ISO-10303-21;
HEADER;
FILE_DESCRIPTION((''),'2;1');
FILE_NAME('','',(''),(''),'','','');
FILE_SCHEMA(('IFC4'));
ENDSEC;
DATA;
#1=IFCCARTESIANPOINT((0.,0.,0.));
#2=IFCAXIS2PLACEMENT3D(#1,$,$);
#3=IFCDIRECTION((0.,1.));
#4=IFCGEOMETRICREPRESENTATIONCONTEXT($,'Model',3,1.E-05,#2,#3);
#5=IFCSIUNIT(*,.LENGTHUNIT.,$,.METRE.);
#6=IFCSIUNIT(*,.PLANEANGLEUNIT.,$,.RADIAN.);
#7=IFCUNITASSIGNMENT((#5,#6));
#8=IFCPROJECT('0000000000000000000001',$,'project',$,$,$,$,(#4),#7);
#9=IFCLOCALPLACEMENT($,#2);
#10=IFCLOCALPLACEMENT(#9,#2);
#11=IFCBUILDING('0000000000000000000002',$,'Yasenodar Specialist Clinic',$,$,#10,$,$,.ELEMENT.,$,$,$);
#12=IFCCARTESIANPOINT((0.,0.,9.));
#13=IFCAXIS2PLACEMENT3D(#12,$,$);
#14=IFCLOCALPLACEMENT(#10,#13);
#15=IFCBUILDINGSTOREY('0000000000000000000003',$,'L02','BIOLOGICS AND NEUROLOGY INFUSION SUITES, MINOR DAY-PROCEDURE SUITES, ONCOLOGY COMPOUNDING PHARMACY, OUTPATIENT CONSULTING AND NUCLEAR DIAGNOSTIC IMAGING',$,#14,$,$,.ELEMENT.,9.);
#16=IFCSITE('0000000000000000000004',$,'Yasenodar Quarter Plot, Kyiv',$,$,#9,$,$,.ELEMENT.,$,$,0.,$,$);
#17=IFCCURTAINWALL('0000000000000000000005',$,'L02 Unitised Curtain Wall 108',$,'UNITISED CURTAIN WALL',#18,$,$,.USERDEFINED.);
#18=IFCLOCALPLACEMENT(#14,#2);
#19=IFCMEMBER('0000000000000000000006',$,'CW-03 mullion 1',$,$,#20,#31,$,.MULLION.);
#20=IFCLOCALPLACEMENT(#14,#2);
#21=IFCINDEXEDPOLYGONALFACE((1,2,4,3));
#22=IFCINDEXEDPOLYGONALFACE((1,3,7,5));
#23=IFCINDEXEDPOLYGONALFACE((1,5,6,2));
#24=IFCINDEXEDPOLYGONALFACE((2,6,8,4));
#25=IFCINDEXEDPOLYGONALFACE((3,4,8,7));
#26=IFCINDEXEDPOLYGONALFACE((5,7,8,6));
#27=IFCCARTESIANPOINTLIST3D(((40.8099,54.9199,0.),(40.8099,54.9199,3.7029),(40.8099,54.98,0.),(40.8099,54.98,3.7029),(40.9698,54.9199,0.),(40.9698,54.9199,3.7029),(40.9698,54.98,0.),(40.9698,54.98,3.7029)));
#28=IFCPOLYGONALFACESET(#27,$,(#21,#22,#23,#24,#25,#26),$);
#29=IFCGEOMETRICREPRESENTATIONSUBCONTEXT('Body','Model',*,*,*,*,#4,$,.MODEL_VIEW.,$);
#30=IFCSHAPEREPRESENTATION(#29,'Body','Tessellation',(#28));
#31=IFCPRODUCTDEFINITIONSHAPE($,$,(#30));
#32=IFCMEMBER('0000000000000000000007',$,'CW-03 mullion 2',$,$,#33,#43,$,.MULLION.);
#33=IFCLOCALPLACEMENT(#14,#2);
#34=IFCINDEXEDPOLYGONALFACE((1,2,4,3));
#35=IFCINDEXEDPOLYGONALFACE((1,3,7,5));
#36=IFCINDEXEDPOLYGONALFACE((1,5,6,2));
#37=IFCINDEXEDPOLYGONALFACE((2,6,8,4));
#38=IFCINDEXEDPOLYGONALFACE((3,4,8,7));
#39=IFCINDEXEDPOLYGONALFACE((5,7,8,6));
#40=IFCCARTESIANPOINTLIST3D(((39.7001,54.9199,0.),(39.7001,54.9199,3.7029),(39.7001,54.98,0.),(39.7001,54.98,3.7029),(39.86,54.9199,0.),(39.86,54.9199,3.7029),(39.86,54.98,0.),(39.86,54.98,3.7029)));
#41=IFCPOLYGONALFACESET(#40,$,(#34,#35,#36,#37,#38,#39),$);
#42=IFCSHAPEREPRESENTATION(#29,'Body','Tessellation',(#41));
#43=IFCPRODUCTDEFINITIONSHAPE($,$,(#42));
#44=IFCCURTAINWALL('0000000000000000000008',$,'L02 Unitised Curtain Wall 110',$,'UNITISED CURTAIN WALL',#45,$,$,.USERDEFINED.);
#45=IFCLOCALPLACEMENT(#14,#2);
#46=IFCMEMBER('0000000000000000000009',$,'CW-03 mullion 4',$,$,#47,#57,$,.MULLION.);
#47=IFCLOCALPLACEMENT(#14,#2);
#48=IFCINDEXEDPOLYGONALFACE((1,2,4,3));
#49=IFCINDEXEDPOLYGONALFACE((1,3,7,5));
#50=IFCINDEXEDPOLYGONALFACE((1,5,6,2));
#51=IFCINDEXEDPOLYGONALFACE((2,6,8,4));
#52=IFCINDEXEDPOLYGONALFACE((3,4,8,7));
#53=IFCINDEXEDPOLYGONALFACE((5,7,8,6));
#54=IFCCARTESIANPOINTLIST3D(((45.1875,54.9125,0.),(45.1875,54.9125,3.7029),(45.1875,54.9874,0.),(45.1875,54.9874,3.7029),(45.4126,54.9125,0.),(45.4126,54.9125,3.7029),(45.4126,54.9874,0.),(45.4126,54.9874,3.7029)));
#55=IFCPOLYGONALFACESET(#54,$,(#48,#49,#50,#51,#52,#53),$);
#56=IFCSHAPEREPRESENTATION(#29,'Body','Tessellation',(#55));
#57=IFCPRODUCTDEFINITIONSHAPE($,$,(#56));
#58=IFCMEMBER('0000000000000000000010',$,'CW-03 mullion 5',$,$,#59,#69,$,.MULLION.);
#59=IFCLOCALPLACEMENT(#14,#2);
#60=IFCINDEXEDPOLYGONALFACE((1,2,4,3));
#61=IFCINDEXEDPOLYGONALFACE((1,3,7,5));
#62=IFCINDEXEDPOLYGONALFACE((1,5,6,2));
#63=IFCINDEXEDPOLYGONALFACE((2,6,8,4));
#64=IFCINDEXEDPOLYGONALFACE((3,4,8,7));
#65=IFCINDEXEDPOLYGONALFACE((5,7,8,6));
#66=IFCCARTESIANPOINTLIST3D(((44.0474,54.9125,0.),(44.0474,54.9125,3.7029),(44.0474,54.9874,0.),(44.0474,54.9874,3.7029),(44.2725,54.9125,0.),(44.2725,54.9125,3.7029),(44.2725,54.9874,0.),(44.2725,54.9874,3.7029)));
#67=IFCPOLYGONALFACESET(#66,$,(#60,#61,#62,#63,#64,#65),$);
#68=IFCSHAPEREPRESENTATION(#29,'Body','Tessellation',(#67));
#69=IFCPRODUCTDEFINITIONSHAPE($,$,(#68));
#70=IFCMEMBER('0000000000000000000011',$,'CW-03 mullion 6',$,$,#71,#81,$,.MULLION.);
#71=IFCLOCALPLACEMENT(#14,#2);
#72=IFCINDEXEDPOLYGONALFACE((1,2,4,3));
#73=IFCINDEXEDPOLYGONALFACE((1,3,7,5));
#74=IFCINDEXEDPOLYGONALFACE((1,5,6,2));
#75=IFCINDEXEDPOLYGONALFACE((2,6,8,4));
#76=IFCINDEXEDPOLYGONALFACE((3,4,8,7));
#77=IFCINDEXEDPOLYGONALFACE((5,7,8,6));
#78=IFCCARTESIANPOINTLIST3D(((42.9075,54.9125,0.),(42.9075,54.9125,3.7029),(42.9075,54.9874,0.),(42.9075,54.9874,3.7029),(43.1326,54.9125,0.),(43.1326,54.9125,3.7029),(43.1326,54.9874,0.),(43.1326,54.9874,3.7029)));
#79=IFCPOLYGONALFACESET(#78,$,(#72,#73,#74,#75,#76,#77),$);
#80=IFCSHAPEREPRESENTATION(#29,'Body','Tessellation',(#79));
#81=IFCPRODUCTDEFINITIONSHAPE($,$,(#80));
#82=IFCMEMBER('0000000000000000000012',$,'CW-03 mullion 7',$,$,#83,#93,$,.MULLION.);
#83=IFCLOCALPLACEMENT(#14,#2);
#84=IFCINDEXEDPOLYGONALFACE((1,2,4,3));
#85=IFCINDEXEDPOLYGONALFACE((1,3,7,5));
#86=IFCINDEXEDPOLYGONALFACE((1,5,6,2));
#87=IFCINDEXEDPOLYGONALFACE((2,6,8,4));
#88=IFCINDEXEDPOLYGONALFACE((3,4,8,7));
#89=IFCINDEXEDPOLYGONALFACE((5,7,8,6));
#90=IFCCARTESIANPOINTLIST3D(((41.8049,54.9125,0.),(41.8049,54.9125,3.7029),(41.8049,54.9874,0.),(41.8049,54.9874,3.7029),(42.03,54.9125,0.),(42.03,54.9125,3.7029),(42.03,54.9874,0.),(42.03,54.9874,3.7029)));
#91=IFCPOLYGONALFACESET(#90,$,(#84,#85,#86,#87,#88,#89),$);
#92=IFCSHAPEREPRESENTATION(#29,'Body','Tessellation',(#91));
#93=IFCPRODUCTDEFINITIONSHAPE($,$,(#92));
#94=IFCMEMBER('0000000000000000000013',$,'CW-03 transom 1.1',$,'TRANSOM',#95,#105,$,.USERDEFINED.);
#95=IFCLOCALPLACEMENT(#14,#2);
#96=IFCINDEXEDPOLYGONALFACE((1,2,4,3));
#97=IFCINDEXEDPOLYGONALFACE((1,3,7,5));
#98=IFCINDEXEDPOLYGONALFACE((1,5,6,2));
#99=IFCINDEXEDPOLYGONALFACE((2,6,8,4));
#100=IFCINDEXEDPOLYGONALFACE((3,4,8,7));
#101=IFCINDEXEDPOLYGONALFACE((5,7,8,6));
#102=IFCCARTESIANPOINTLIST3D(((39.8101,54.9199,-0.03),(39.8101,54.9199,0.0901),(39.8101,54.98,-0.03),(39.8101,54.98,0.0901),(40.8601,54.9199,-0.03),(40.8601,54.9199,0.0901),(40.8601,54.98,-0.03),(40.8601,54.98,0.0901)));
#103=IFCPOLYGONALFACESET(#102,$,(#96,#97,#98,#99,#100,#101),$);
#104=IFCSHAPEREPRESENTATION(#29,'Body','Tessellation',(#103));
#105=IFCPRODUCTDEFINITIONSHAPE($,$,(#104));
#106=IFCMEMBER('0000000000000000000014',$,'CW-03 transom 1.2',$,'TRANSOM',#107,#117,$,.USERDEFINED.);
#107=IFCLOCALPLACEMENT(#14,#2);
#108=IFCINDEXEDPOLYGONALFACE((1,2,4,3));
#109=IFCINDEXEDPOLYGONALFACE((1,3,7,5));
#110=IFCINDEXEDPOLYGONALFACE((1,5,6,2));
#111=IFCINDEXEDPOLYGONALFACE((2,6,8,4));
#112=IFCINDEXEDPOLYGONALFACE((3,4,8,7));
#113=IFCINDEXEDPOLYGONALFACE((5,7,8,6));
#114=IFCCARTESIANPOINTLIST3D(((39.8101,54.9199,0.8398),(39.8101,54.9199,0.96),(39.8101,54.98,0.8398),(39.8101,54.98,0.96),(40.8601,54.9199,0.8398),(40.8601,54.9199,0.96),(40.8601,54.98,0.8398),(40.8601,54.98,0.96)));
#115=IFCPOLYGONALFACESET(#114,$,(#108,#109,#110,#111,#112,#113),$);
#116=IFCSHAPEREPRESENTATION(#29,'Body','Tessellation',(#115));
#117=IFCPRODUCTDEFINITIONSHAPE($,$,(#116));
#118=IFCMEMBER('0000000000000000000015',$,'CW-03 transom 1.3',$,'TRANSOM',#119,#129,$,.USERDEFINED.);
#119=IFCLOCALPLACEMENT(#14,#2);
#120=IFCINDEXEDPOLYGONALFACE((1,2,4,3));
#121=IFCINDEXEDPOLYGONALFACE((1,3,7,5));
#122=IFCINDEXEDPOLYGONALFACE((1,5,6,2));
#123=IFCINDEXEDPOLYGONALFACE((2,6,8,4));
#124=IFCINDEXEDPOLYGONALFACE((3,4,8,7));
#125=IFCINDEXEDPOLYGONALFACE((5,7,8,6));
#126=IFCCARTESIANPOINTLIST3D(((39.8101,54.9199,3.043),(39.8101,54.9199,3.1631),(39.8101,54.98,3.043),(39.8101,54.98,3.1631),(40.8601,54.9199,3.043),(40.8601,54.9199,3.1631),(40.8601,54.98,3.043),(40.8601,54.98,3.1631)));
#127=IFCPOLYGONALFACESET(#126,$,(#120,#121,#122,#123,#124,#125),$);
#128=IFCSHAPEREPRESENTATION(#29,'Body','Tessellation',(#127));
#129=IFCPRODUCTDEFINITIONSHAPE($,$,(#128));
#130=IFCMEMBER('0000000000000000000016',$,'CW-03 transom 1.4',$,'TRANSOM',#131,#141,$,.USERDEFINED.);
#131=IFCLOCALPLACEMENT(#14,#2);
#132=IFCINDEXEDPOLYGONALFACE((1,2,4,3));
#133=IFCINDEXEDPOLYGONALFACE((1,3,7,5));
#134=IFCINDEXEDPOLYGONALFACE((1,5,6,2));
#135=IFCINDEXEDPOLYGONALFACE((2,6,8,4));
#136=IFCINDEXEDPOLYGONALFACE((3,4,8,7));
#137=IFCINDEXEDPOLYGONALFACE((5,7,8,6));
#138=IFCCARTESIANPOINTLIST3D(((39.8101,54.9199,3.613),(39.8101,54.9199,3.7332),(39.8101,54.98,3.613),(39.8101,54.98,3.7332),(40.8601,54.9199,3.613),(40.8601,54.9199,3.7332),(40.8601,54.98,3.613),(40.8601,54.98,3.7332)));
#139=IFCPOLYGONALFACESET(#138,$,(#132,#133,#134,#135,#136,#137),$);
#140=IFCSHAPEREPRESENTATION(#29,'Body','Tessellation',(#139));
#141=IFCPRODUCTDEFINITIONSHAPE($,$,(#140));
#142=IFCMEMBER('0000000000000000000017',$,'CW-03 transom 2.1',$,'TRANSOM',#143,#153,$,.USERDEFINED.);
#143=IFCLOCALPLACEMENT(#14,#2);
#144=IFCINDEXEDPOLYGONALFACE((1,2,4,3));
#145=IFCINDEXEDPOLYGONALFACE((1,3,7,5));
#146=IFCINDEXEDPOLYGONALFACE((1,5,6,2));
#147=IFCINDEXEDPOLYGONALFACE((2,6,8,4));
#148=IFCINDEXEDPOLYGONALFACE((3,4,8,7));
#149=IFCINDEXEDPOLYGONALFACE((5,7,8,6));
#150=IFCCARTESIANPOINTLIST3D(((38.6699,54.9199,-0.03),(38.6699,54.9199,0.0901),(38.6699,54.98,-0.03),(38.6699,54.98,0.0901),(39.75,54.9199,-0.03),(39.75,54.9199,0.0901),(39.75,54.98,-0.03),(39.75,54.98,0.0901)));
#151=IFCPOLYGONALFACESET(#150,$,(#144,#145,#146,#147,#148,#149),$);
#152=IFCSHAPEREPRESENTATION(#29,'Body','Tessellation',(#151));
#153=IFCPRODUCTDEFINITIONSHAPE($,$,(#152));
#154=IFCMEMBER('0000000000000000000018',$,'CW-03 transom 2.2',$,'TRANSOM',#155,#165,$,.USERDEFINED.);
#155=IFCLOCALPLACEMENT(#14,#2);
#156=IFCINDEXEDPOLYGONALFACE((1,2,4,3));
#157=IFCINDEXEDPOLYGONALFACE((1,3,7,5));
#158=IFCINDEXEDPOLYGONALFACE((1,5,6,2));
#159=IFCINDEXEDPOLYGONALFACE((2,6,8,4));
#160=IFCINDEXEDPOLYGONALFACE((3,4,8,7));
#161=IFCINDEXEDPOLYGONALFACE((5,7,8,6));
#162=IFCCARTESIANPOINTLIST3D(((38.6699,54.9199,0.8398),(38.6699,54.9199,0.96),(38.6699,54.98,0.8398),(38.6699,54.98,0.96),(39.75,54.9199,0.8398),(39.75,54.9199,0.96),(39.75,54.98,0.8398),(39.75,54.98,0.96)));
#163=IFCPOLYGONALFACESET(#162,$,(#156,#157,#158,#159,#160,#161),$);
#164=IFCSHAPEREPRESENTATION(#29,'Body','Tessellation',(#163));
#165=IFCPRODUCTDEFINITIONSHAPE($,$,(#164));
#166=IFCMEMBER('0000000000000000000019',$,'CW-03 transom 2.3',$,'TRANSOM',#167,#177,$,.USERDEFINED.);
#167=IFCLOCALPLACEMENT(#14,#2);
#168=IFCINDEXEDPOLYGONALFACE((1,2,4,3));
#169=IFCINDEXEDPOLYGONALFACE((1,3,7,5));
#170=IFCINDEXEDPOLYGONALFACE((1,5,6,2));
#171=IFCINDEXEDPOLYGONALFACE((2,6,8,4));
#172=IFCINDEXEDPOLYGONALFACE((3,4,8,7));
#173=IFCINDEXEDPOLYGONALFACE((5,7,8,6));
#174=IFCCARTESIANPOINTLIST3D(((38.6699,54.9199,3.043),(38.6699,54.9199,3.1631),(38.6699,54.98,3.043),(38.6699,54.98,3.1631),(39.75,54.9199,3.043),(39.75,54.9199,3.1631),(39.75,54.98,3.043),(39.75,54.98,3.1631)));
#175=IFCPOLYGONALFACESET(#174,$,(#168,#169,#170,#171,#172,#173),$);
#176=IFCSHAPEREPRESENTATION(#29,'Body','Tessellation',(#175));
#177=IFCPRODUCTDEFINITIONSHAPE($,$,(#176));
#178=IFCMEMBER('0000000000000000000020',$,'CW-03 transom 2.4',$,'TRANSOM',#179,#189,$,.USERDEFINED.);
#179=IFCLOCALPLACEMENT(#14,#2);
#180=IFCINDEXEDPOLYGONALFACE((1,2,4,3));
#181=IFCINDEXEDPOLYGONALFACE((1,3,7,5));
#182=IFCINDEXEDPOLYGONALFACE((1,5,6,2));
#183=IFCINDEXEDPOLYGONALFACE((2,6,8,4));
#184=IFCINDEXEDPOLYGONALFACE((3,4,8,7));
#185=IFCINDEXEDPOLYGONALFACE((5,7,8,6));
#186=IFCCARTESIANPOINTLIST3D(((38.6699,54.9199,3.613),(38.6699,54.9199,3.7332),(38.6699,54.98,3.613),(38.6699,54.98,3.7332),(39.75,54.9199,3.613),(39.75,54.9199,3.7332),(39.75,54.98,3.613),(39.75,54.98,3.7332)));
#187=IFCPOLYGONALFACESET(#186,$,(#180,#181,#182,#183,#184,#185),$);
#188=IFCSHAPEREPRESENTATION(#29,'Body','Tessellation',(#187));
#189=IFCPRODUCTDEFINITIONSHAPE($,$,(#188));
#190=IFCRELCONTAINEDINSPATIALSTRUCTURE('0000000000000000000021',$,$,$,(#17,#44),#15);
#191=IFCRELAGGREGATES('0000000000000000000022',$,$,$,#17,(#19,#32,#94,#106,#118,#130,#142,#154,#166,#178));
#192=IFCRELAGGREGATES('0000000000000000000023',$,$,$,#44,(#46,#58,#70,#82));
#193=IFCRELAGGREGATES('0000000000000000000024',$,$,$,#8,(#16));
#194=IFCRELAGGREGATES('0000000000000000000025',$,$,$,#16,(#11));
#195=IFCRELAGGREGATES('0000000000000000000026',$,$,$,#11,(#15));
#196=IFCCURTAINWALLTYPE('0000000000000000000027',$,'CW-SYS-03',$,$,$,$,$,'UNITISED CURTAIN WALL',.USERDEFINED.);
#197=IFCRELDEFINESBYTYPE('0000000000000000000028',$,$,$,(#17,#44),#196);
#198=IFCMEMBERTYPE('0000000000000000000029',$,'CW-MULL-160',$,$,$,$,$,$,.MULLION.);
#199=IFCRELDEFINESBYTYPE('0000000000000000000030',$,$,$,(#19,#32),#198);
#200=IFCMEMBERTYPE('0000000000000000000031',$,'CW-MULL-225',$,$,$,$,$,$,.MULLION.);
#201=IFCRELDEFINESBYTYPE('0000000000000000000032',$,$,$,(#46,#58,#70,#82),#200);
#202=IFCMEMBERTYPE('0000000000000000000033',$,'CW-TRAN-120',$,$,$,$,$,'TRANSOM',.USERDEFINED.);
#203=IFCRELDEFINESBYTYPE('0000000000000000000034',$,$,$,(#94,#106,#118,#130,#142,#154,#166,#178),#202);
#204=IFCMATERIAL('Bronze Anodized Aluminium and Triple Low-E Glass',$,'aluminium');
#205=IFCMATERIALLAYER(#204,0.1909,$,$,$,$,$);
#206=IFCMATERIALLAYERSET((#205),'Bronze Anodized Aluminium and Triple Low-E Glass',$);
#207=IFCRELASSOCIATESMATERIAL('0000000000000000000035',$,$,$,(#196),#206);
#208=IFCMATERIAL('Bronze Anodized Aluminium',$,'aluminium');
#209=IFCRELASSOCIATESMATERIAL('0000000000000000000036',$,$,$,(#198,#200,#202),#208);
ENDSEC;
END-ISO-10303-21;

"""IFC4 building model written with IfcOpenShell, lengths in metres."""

from ifc_helpers import new_model, si_unit, direction, frame, origin, origin_2d, place, context, subcontext, project, spatial, rectangle, extrude, material, layer, layer_set, material_profile, profile_set, type_object, element, aggregate, save


model = new_model("IFC4")

# Units and contexts
model_context = context("Model", 3, precision=1e-05, world=origin(), true_north=direction((0.0, 1.0)))
body_context = subcontext(model_context, "Body", "Model", "MODEL_VIEW")
ifc_project = project(units=[si_unit("LENGTHUNIT", "METRE"), si_unit("PLANEANGLEUNIT", "RADIAN")], contexts=[model_context])

# Site, building, storey
site_placement = place(None, origin())
site = spatial("IfcSite", under=ifc_project, at=site_placement, Name="Yasenodar Quarter Plot, Kyiv", CompositionType="ELEMENT", RefElevation=0.0)
building_placement = place(site_placement, origin())
building = spatial("IfcBuilding", under=site, at=building_placement, Name="Yasenodar Specialist Clinic", CompositionType="ELEMENT")
storey_placement = place(building_placement, frame((0.0, 0.0, 9.0)))
storey = spatial("IfcBuildingStorey", under=building, at=storey_placement, Name="L02", Description="BIOLOGICS AND NEUROLOGY INFUSION SUITES, MINOR DAY-PROCEDURE SUITES, ONCOLOGY COMPOUNDING PHARMACY, OUTPATIENT CONSULTING AND NUCLEAR DIAGNOSTIC IMAGING", CompositionType="ELEMENT", Elevation=9.0)

# Curtain walls, members
ifc_material_1 = material(Name="Bronze Anodized Aluminium and Triple Low-E Glass", Category="aluminium")
ifc_layer_1 = layer(ifc_material_1, 0.1909)
ifc_layer_set_1 = layer_set([ifc_layer_1], Name="Bronze Anodized Aluminium and Triple Low-E Glass")
curtain_wall_type = type_object("IfcCurtainWallType", Name="CW-SYS-03", ElementType="UNITISED CURTAIN WALL", PredefinedType="USERDEFINED", material=ifc_layer_set_1)
curtain_wall_1_placement = place(storey_placement, origin())
curtain_wall_1 = element("IfcCurtainWall", 1, at=curtain_wall_1_placement, inside=storey, type_object=curtain_wall_type, Name="L02 Unitised Curtain Wall 108", ObjectType="UNITISED CURTAIN WALL", PredefinedType="USERDEFINED")
ifc_material_2 = material(Name="Bronze Anodized Aluminium", Category="aluminium")
ifc_material_profile_1 = material_profile(ifc_material_2, rectangle(XDim=0.0601, YDim=0.1599, at=origin_2d()), Name="CW-MULL 60x160")
ifc_profile_set_1 = profile_set([ifc_material_profile_1], Name="Bronze Anodized Aluminium")
member_type_1 = type_object("IfcMemberType", Name="CW-MULL-160", PredefinedType="MULLION", material=ifc_profile_set_1)
member_1_placement = place(storey_placement, frame((40.8899, 54.95, 0.0), z_axis=(0.0, 0.0, 1.0), x_axis=(0.0, -1.0, 0.0)))
member_1 = element("IfcMember", 2, at=member_1_placement, type_object=member_type_1, Name="CW-03 mullion 1", PredefinedType="MULLION", context=body_context, shape_type="SweptSolid", body=[
    extrude(rectangle(XDim=0.0601, YDim=0.1599, at=origin_2d()), origin(), (0.0, 0.0, 1.0), 3.7029),
])
member_2_placement = place(storey_placement, frame((39.78, 54.95, 0.0), z_axis=(0.0, 0.0, 1.0), x_axis=(0.0, -1.0, 0.0)))
member_2 = element("IfcMember", 3, at=member_2_placement, type_object=member_type_1, Name="CW-03 mullion 2", PredefinedType="MULLION", context=body_context, shape_type="SweptSolid", body=[
    extrude(rectangle(XDim=0.0601, YDim=0.1599, at=origin_2d()), origin(), (0.0, 0.0, 1.0), 3.7029),
])
curtain_wall_2_placement = place(storey_placement, origin())
curtain_wall_2 = element("IfcCurtainWall", 4, at=curtain_wall_2_placement, inside=storey, type_object=curtain_wall_type, Name="L02 Unitised Curtain Wall 110", ObjectType="UNITISED CURTAIN WALL", PredefinedType="USERDEFINED")
ifc_material_profile_2 = material_profile(ifc_material_2, rectangle(XDim=0.075, YDim=0.2251, at=origin_2d()), Name="CW-MULL 75x225")
ifc_profile_set_2 = profile_set([ifc_material_profile_2], Name="Bronze Anodized Aluminium")
member_type_2 = type_object("IfcMemberType", Name="CW-MULL-225", PredefinedType="MULLION", material=ifc_profile_set_2)
member_3_placement = place(storey_placement, frame((45.3, 54.95, 0.0), z_axis=(0.0, 0.0, 1.0), x_axis=(0.0, -1.0, 0.0)))
member_3 = element("IfcMember", 5, at=member_3_placement, type_object=member_type_2, Name="CW-03 mullion 4", PredefinedType="MULLION", context=body_context, shape_type="SweptSolid", body=[
    extrude(rectangle(XDim=0.075, YDim=0.2251, at=origin_2d()), origin(), (0.0, 0.0, 1.0), 3.7029),
])
member_4_placement = place(storey_placement, frame((44.1599, 54.95, 0.0), z_axis=(0.0, 0.0, 1.0), x_axis=(0.0, -1.0, 0.0)))
member_4 = element("IfcMember", 6, at=member_4_placement, type_object=member_type_2, Name="CW-03 mullion 5", PredefinedType="MULLION", context=body_context, shape_type="SweptSolid", body=[
    extrude(rectangle(XDim=0.075, YDim=0.2251, at=origin_2d()), origin(), (0.0, 0.0, 1.0), 3.7029),
])
member_5_placement = place(storey_placement, frame((43.02, 54.95, 0.0), z_axis=(0.0, 0.0, 1.0), x_axis=(0.0, -1.0, 0.0)))
member_5 = element("IfcMember", 7, at=member_5_placement, type_object=member_type_2, Name="CW-03 mullion 6", PredefinedType="MULLION", context=body_context, shape_type="SweptSolid", body=[
    extrude(rectangle(XDim=0.075, YDim=0.2251, at=origin_2d()), origin(), (0.0, 0.0, 1.0), 3.7029),
])
member_6_placement = place(storey_placement, frame((41.9175, 54.95, 0.0), z_axis=(0.0, 0.0, 1.0), x_axis=(0.0, -1.0, 0.0)))
member_6 = element("IfcMember", 8, at=member_6_placement, type_object=member_type_2, Name="CW-03 mullion 7", PredefinedType="MULLION", context=body_context, shape_type="SweptSolid", body=[
    extrude(rectangle(XDim=0.075, YDim=0.2251, at=origin_2d()), origin(), (0.0, 0.0, 1.0), 3.7029),
])

# Members
ifc_material_profile_3 = material_profile(ifc_material_2, rectangle(XDim=0.0601, YDim=0.1201, at=origin_2d()), Name="CW-TRAN 60x120")
ifc_profile_set_3 = profile_set([ifc_material_profile_3], Name="Bronze Anodized Aluminium")
member_type_3 = type_object("IfcMemberType", Name="CW-TRAN-120", ElementType="TRANSOM", PredefinedType="USERDEFINED", material=ifc_profile_set_3)
member_7_placement = place(storey_placement, frame((40.8601, 54.95, 0.03), z_axis=(-1.0, 0.0, 0.0), x_axis=(0.0, -1.0, 0.0)))
member_7 = element("IfcMember", 9, at=member_7_placement, type_object=member_type_3, Name="CW-03 transom 1.1", ObjectType="TRANSOM", PredefinedType="USERDEFINED", context=body_context, shape_type="SweptSolid", body=[
    extrude(rectangle(XDim=0.0601, YDim=0.1201, at=origin_2d()), origin(), (0.0, 0.0, 1.0), 1.05),
])
member_8_placement = place(storey_placement, frame((40.8601, 54.95, 0.8999), z_axis=(-1.0, 0.0, 0.0), x_axis=(0.0, -1.0, 0.0)))
member_8 = element("IfcMember", 10, at=member_8_placement, type_object=member_type_3, Name="CW-03 transom 1.2", ObjectType="TRANSOM", PredefinedType="USERDEFINED", context=body_context, shape_type="SweptSolid", body=[
    extrude(rectangle(XDim=0.0601, YDim=0.1201, at=origin_2d()), origin(), (0.0, 0.0, 1.0), 1.05),
])
member_9_placement = place(storey_placement, frame((40.8601, 54.95, 3.103), z_axis=(-1.0, 0.0, 0.0), x_axis=(0.0, -1.0, 0.0)))
member_9 = element("IfcMember", 11, at=member_9_placement, type_object=member_type_3, Name="CW-03 transom 1.3", ObjectType="TRANSOM", PredefinedType="USERDEFINED", context=body_context, shape_type="SweptSolid", body=[
    extrude(rectangle(XDim=0.0601, YDim=0.1201, at=origin_2d()), origin(), (0.0, 0.0, 1.0), 1.05),
])
member_10_placement = place(storey_placement, frame((40.8601, 54.95, 3.6731), z_axis=(-1.0, 0.0, 0.0), x_axis=(0.0, -1.0, 0.0)))
member_10 = element("IfcMember", 12, at=member_10_placement, type_object=member_type_3, Name="CW-03 transom 1.4", ObjectType="TRANSOM", PredefinedType="USERDEFINED", context=body_context, shape_type="SweptSolid", body=[
    extrude(rectangle(XDim=0.0601, YDim=0.1201, at=origin_2d()), origin(), (0.0, 0.0, 1.0), 1.05),
])
member_11_placement = place(storey_placement, frame((39.75, 54.95, 0.03), z_axis=(-1.0, 0.0, 0.0), x_axis=(0.0, -1.0, 0.0)))
member_11 = element("IfcMember", 13, at=member_11_placement, type_object=member_type_3, Name="CW-03 transom 2.1", ObjectType="TRANSOM", PredefinedType="USERDEFINED", context=body_context, shape_type="SweptSolid", body=[
    extrude(rectangle(XDim=0.0601, YDim=0.1201, at=origin_2d()), origin(), (0.0, 0.0, 1.0), 1.0801),
])
member_12_placement = place(storey_placement, frame((39.75, 54.95, 0.8999), z_axis=(-1.0, 0.0, 0.0), x_axis=(0.0, -1.0, 0.0)))
member_12 = element("IfcMember", 14, at=member_12_placement, type_object=member_type_3, Name="CW-03 transom 2.2", ObjectType="TRANSOM", PredefinedType="USERDEFINED", context=body_context, shape_type="SweptSolid", body=[
    extrude(rectangle(XDim=0.0601, YDim=0.1201, at=origin_2d()), origin(), (0.0, 0.0, 1.0), 1.0801),
])
member_13_placement = place(storey_placement, frame((39.75, 54.95, 3.103), z_axis=(-1.0, 0.0, 0.0), x_axis=(0.0, -1.0, 0.0)))
member_13 = element("IfcMember", 15, at=member_13_placement, type_object=member_type_3, Name="CW-03 transom 2.3", ObjectType="TRANSOM", PredefinedType="USERDEFINED", context=body_context, shape_type="SweptSolid", body=[
    extrude(rectangle(XDim=0.0601, YDim=0.1201, at=origin_2d()), origin(), (0.0, 0.0, 1.0), 1.0801),
])
member_14_placement = place(storey_placement, frame((39.75, 54.95, 3.6731), z_axis=(-1.0, 0.0, 0.0), x_axis=(0.0, -1.0, 0.0)))
member_14 = element("IfcMember", 16, at=member_14_placement, type_object=member_type_3, Name="CW-03 transom 2.4", ObjectType="TRANSOM", PredefinedType="USERDEFINED", context=body_context, shape_type="SweptSolid", body=[
    extrude(rectangle(XDim=0.0601, YDim=0.1201, at=origin_2d()), origin(), (0.0, 0.0, 1.0), 1.0801),
])

aggregate(curtain_wall_1, [member_1, member_2, member_7, member_8, member_9, member_10, member_11, member_12, member_13, member_14])
aggregate(curtain_wall_2, [member_3, member_4, member_5, member_6])

save(model, "model.ifc")
